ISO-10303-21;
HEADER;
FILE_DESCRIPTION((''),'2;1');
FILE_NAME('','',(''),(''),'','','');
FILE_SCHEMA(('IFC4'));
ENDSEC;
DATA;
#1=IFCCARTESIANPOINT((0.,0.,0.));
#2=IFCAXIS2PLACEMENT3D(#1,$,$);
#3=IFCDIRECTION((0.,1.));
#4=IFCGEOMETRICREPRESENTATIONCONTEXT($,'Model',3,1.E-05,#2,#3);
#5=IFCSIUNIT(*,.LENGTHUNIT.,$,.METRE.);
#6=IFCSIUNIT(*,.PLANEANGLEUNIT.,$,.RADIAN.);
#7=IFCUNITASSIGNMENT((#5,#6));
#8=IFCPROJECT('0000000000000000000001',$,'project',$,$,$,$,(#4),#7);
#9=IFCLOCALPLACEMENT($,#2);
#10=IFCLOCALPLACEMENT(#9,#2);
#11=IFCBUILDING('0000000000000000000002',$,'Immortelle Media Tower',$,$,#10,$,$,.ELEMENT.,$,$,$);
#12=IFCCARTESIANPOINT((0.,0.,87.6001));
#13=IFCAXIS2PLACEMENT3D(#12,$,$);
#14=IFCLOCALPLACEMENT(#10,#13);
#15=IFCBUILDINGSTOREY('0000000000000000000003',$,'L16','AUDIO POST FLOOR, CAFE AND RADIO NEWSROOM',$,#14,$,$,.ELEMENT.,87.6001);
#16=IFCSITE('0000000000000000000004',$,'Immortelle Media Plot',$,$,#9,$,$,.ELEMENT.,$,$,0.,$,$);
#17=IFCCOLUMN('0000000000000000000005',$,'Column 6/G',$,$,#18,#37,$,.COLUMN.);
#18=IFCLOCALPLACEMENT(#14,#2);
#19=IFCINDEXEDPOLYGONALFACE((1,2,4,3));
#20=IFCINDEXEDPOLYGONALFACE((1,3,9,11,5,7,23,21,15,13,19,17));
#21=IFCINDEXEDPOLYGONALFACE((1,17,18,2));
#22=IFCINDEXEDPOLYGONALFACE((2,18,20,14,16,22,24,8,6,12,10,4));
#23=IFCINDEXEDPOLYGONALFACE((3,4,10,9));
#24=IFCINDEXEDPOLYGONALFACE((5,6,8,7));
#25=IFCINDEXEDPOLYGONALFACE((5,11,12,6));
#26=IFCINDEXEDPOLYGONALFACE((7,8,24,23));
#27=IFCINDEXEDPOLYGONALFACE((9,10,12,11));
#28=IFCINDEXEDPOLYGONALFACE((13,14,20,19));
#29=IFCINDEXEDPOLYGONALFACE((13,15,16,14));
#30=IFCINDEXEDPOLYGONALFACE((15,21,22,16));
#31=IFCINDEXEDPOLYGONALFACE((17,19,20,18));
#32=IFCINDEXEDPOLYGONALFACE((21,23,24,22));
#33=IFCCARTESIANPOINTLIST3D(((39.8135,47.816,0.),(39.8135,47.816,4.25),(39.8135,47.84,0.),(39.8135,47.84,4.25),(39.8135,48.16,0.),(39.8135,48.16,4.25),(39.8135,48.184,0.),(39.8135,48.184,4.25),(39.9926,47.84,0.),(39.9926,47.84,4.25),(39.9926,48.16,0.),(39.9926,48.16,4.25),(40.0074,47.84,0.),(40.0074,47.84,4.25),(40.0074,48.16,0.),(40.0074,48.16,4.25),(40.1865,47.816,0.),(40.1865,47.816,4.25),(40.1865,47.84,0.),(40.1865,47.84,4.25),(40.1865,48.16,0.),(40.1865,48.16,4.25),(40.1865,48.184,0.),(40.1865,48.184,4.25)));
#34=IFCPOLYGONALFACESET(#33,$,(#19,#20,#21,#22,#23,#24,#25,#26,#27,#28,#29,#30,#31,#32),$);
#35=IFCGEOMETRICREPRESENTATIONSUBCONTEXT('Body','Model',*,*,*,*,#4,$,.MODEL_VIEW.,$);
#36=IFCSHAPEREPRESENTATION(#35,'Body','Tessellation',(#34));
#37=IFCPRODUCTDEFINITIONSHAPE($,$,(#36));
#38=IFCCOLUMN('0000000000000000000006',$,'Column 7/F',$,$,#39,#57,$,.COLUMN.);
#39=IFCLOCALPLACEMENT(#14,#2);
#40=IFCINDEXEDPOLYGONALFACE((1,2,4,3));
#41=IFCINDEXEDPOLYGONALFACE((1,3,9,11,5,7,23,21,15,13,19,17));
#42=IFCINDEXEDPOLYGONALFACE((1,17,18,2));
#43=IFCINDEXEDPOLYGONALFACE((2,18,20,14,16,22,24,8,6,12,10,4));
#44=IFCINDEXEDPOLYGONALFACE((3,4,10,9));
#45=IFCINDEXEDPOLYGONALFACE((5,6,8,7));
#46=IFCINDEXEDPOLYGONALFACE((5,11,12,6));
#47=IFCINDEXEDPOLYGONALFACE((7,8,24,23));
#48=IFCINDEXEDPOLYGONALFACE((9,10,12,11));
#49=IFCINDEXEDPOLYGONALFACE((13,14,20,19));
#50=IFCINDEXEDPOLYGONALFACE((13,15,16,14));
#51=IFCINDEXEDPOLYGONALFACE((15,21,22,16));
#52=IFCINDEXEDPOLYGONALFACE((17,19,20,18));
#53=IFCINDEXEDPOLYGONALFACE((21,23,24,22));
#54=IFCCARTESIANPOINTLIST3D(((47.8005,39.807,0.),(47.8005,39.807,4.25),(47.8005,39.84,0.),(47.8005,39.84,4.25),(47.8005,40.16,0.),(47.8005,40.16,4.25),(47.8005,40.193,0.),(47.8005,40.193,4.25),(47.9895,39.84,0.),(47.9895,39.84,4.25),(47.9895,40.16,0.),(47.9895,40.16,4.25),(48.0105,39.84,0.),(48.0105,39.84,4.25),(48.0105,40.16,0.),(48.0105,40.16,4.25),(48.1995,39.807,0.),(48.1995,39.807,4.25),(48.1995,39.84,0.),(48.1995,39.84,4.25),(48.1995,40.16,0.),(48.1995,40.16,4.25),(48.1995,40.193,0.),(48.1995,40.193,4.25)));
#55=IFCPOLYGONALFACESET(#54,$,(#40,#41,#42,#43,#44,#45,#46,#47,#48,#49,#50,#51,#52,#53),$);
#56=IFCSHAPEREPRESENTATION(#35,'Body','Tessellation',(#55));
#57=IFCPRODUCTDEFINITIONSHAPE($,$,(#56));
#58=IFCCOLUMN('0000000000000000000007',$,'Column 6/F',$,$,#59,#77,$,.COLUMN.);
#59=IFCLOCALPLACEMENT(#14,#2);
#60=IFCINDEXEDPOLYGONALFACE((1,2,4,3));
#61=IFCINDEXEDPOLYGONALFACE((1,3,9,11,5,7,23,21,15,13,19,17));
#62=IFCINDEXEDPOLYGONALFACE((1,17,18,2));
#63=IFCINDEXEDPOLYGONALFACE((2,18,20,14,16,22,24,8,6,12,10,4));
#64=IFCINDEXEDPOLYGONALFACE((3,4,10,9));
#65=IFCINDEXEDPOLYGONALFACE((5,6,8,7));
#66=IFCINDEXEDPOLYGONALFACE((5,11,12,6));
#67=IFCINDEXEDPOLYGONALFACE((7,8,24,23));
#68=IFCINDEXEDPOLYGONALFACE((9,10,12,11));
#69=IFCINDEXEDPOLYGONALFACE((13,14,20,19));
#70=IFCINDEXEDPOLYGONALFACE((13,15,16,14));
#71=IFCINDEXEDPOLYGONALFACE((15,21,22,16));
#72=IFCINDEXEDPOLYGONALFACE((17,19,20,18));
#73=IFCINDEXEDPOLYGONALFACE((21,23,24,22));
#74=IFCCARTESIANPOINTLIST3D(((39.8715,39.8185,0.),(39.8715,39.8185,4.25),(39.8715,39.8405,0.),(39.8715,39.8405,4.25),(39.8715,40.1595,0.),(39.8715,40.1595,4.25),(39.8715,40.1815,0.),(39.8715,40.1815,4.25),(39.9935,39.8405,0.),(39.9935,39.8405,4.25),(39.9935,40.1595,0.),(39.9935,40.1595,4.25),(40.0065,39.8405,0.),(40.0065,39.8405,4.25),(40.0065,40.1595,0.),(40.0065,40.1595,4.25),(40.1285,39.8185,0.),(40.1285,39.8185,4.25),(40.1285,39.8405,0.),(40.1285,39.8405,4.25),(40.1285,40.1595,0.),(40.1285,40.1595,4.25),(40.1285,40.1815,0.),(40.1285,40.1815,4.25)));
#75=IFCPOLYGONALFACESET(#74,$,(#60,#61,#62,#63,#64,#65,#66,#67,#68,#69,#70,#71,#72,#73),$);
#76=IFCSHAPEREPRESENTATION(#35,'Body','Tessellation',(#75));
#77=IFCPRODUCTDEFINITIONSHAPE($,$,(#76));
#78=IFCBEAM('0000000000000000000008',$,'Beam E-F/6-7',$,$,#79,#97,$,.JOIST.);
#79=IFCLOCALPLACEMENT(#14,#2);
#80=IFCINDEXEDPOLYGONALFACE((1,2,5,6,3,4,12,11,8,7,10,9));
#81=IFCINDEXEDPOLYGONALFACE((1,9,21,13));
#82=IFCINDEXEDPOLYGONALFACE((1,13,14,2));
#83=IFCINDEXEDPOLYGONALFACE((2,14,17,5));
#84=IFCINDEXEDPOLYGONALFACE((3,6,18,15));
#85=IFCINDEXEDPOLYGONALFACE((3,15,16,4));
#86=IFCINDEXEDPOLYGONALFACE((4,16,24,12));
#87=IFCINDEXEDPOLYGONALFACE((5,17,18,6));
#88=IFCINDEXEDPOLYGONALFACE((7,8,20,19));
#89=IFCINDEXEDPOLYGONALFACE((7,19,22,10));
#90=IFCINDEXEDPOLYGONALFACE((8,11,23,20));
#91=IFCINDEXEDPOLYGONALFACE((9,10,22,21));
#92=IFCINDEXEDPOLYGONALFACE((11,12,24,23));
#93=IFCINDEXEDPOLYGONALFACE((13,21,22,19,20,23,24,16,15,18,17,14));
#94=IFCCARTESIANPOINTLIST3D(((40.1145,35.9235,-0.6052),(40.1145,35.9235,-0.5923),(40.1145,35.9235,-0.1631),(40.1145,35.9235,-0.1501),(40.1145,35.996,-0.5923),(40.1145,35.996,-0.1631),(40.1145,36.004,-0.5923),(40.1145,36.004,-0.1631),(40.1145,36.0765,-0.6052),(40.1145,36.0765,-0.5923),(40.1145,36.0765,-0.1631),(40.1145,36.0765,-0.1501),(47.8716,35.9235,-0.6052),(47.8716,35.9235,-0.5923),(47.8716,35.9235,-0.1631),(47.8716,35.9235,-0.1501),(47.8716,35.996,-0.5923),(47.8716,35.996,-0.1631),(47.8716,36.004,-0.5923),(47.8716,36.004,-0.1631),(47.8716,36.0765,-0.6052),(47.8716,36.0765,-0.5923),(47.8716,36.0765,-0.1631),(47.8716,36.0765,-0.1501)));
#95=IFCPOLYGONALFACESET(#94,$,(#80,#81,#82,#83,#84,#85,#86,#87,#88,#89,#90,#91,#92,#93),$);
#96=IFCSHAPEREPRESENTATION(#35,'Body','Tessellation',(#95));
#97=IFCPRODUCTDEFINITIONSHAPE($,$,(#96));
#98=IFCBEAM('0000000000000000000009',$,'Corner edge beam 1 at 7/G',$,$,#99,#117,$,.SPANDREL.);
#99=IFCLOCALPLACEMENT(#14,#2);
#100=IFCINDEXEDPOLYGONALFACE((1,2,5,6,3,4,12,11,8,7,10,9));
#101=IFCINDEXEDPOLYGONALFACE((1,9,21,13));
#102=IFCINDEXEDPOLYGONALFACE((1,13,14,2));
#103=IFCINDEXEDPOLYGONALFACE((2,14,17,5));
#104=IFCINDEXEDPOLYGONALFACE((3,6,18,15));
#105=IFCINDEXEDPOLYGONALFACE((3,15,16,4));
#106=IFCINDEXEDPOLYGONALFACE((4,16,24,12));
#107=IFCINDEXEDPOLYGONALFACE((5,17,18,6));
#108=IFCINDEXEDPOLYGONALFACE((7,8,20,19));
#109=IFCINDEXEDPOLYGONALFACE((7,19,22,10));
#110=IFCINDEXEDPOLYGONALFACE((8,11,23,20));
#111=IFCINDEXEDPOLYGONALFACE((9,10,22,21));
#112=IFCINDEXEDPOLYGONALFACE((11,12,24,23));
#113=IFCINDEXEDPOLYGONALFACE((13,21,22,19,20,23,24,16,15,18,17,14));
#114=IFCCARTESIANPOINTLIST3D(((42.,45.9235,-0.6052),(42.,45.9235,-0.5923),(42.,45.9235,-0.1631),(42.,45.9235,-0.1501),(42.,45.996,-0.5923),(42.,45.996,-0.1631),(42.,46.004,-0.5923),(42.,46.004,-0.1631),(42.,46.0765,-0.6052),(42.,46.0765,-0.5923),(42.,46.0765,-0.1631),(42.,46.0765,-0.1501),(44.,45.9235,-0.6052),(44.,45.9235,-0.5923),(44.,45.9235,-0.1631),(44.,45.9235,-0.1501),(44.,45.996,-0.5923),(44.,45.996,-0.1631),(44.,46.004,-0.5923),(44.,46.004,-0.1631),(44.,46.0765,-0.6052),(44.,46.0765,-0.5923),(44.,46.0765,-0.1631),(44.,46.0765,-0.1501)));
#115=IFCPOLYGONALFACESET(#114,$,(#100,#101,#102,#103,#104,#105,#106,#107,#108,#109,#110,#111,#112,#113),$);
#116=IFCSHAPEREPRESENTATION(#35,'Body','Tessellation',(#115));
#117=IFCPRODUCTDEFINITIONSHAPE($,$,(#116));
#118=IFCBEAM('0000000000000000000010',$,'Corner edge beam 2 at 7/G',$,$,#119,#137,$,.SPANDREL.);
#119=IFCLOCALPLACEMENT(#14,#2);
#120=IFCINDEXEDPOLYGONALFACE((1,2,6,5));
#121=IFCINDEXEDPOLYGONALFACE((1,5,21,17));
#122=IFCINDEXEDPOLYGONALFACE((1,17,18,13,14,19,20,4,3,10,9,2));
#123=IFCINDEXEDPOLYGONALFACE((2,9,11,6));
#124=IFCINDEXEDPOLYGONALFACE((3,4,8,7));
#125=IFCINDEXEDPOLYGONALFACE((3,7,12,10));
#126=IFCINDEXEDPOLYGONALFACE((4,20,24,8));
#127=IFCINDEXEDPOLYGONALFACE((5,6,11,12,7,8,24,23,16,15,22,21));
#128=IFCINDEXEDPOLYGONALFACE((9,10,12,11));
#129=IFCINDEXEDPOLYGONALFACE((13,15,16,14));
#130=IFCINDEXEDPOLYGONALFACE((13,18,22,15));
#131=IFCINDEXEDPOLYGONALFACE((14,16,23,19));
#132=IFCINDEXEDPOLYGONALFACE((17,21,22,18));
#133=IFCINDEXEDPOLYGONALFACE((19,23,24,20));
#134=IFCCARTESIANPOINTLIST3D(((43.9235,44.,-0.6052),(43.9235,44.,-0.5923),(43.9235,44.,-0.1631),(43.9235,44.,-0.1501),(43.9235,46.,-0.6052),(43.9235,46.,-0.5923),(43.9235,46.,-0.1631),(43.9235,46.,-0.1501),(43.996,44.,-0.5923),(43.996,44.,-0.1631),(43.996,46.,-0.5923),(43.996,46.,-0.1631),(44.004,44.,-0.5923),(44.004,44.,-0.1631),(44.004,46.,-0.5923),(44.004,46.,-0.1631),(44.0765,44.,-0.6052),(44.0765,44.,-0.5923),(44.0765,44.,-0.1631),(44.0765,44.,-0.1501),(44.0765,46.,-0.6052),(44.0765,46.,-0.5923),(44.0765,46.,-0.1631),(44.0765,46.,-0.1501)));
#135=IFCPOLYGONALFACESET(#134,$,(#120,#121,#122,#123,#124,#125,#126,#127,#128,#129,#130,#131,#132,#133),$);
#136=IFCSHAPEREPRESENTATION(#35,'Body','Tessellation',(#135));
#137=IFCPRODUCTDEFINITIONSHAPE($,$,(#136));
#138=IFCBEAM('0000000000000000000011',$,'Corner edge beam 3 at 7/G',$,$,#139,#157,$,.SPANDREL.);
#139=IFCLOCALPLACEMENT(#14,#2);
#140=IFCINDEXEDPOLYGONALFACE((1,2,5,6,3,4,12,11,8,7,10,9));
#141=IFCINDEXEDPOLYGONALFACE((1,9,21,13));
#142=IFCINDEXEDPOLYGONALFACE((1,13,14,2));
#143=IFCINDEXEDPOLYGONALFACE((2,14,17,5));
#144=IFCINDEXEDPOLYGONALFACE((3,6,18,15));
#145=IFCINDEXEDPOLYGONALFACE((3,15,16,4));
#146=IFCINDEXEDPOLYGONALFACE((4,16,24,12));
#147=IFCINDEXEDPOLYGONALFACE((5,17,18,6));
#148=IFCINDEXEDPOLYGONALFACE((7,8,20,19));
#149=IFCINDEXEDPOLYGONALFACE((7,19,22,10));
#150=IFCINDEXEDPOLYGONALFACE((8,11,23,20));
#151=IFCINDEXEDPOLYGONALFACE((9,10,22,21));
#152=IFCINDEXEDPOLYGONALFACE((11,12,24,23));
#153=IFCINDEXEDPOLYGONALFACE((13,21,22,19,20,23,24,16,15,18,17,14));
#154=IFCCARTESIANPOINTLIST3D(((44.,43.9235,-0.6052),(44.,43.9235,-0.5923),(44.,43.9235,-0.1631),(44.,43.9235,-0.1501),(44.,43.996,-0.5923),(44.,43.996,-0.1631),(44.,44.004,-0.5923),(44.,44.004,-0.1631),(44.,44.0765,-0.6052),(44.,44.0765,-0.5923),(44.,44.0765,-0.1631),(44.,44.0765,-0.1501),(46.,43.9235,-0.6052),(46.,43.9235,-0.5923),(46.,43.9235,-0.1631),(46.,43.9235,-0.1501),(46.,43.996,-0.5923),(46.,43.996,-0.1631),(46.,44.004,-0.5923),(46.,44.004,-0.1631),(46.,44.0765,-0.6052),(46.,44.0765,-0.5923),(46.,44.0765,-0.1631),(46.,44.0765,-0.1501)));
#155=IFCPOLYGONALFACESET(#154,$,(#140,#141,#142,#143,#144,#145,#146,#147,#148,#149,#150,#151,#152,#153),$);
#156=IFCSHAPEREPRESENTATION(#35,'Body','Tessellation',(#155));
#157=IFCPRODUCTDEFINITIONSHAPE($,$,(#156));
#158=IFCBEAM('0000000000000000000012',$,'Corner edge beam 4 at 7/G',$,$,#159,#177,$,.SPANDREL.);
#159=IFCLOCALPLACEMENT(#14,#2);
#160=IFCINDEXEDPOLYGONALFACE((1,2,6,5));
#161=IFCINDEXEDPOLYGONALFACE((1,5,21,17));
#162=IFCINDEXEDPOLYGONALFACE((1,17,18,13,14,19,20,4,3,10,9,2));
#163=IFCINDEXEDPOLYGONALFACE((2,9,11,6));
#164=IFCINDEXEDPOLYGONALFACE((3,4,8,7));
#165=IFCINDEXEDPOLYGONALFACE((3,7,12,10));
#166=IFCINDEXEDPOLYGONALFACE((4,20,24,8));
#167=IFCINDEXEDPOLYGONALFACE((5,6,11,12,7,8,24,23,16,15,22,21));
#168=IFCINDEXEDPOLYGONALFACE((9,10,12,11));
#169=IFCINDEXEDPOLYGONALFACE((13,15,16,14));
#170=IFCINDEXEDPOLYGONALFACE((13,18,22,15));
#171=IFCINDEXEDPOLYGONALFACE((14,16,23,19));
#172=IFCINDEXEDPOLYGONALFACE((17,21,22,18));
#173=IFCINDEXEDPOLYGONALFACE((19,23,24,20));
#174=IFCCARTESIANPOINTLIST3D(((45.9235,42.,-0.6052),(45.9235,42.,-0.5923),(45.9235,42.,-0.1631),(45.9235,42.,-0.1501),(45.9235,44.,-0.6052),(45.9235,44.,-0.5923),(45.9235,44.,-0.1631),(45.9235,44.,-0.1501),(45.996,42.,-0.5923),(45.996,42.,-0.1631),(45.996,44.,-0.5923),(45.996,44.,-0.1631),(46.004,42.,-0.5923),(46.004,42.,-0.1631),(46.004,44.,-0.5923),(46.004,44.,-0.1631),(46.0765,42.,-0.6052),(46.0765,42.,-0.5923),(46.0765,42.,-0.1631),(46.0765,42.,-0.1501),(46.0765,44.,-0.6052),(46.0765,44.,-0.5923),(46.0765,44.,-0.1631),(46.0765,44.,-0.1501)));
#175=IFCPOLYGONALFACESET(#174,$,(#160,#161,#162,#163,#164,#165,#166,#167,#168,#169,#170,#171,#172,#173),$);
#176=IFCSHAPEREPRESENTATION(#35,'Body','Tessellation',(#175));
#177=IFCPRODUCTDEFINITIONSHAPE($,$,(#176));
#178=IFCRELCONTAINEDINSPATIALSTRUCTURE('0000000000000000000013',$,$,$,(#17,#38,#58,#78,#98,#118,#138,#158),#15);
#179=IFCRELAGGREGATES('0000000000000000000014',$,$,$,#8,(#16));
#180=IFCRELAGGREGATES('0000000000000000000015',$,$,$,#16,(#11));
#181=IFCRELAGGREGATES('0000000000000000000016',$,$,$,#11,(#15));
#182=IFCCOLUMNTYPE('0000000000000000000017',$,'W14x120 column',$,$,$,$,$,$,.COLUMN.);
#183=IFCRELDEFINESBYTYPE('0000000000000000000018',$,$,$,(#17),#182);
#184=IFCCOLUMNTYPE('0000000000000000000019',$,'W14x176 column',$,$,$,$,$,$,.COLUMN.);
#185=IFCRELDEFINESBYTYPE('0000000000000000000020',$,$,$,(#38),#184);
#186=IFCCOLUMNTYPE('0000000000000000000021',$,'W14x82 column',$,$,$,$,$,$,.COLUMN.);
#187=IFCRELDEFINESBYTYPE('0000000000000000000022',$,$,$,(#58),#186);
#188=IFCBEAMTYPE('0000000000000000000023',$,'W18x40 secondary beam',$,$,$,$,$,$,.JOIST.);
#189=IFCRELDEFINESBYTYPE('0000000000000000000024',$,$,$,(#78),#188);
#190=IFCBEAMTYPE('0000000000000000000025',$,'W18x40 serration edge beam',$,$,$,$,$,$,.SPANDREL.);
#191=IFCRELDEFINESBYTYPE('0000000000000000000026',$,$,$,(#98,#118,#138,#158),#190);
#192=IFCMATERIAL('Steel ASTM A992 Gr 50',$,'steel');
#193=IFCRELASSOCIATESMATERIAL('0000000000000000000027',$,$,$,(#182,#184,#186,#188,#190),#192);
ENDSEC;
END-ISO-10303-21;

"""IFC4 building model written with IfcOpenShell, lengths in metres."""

from ifc_helpers import new_model, si_unit, direction, frame, origin, origin_2d, place, context, subcontext, project, spatial, i_section, extrude, material, material_profile, profile_set, type_object, element, save


model = new_model("IFC4")

# Units and contexts
model_context = context("Model", 3, precision=1e-05, world=origin(), true_north=direction((0.0, 1.0)))
body_context = subcontext(model_context, "Body", "Model", "MODEL_VIEW")
ifc_project = project(units=[si_unit("LENGTHUNIT", "METRE"), si_unit("PLANEANGLEUNIT", "RADIAN")], contexts=[model_context])

# Site, building, storey
site_placement = place(None, origin())
site = spatial("IfcSite", under=ifc_project, at=site_placement, Name="Immortelle Media Plot", CompositionType="ELEMENT", RefElevation=0.0)
building_placement = place(site_placement, origin())
building = spatial("IfcBuilding", under=site, at=building_placement, Name="Immortelle Media Tower", CompositionType="ELEMENT")
storey_placement = place(building_placement, frame((0.0, 0.0, 87.6001)))
storey = spatial("IfcBuildingStorey", under=building, at=storey_placement, Name="L16", Description="AUDIO POST FLOOR, CAFE AND RADIO NEWSROOM", CompositionType="ELEMENT", Elevation=87.6001)

# Columns
ifc_material_1 = material(Name="Steel ASTM A992 Gr 50", Category="steel")
ifc_material_profile_1 = material_profile(ifc_material_1, i_section(OverallWidth=0.373, OverallDepth=0.3679, WebThickness=0.0149, FlangeThickness=0.0239, at=origin_2d()), Name="W14x120")
ifc_profile_set_1 = profile_set([ifc_material_profile_1], Name="Steel ASTM A992 Gr 50")
column_type_1 = type_object("IfcColumnType", Name="W14x120 column", PredefinedType="COLUMN", material=ifc_profile_set_1)
column_1_placement = place(storey_placement, frame((40.0, 48.0, 0.0), z_axis=(0.0, 0.0, 1.0), x_axis=(1.0, 0.0, 0.0)))
element("IfcColumn", 1, at=column_1_placement, inside=storey, type_object=column_type_1, Name="Column 6/G", PredefinedType="COLUMN", context=body_context, shape_type="SweptSolid", body=[
    extrude(i_section(OverallWidth=0.373, OverallDepth=0.3679, WebThickness=0.0149, FlangeThickness=0.0239, at=origin_2d()), origin(), (0.0, 0.0, 1.0), 4.25),
])
ifc_material_profile_2 = material_profile(ifc_material_1, i_section(OverallWidth=0.3989, OverallDepth=0.386, WebThickness=0.021, FlangeThickness=0.033, at=origin_2d()), Name="W14x176")
ifc_profile_set_2 = profile_set([ifc_material_profile_2], Name="Steel ASTM A992 Gr 50")
column_type_2 = type_object("IfcColumnType", Name="W14x176 column", PredefinedType="COLUMN", material=ifc_profile_set_2)
column_2_placement = place(storey_placement, frame((48.0, 40.0, 0.0), z_axis=(0.0, 0.0, 1.0), x_axis=(1.0, 0.0, 0.0)))
element("IfcColumn", 2, at=column_2_placement, inside=storey, type_object=column_type_2, Name="Column 7/F", PredefinedType="COLUMN", context=body_context, shape_type="SweptSolid", body=[
    extrude(i_section(OverallWidth=0.3989, OverallDepth=0.386, WebThickness=0.021, FlangeThickness=0.033, at=origin_2d()), origin(), (0.0, 0.0, 1.0), 4.25),
])
ifc_material_profile_3 = material_profile(ifc_material_1, i_section(OverallWidth=0.2571, OverallDepth=0.363, WebThickness=0.0129, FlangeThickness=0.022, at=origin_2d()), Name="W14x82")
ifc_profile_set_3 = profile_set([ifc_material_profile_3], Name="Steel ASTM A992 Gr 50")
column_type_3 = type_object("IfcColumnType", Name="W14x82 column", PredefinedType="COLUMN", material=ifc_profile_set_3)
column_3_placement = place(storey_placement, frame((40.0, 40.0, 0.0), z_axis=(0.0, 0.0, 1.0), x_axis=(1.0, 0.0, 0.0)))
element("IfcColumn", 3, at=column_3_placement, inside=storey, type_object=column_type_3, Name="Column 6/F", PredefinedType="COLUMN", context=body_context, shape_type="SweptSolid", body=[
    extrude(i_section(OverallWidth=0.2571, OverallDepth=0.363, WebThickness=0.0129, FlangeThickness=0.022, at=origin_2d()), origin(), (0.0, 0.0, 1.0), 4.25),
])

# Beams
ifc_material_profile_4 = material_profile(ifc_material_1, i_section(OverallWidth=0.1531, OverallDepth=0.4551, WebThickness=0.0081, FlangeThickness=0.0129, at=origin_2d()), Name="W18x40")
ifc_profile_set_4 = profile_set([ifc_material_profile_4], Name="Steel ASTM A992 Gr 50")
beam_type_1 = type_object("IfcBeamType", Name="W18x40 secondary beam", PredefinedType="JOIST", material=ifc_profile_set_4)
beam_1_placement = place(storey_placement, frame((40.1145, 36.0, -0.3777), z_axis=(1.0, 0.0, 0.0), x_axis=(0.0, 1.0, 0.0)))
element("IfcBeam", 4, at=beam_1_placement, inside=storey, type_object=beam_type_1, Name="Beam E-F/6-7", PredefinedType="JOIST", context=body_context, shape_type="SweptSolid", body=[
    extrude(i_section(OverallWidth=0.1531, OverallDepth=0.4551, WebThickness=0.0081, FlangeThickness=0.0129, at=origin_2d()), origin(), (0.0, 0.0, 1.0), 7.7571),
])
ifc_material_profile_5 = material_profile(ifc_material_1, i_section(OverallWidth=0.1531, OverallDepth=0.4551, WebThickness=0.0081, FlangeThickness=0.0129, at=origin_2d()), Name="W18x40")
ifc_profile_set_5 = profile_set([ifc_material_profile_5], Name="Steel ASTM A992 Gr 50")
beam_type_2 = type_object("IfcBeamType", Name="W18x40 serration edge beam", PredefinedType="SPANDREL", material=ifc_profile_set_5)
for number, where, z_axis, x_axis, name in (
    (5, (42.0, 46.0, -0.3777), (1.0, 0.0, 0.0), (0.0, 1.0, 0.0), "Corner edge beam 1 at 7/G"),
    (6, (44.0, 46.0, -0.3777), (0.0, -1.0, 0.0), (1.0, 0.0, 0.0), "Corner edge beam 2 at 7/G"),
    (7, (44.0, 44.0, -0.3777), (1.0, 0.0, 0.0), (0.0, 1.0, 0.0), "Corner edge beam 3 at 7/G"),
    (8, (46.0, 44.0, -0.3777), (0.0, -1.0, 0.0), (1.0, 0.0, 0.0), "Corner edge beam 4 at 7/G"),
):
    element("IfcBeam", number, at=place(storey_placement, frame(where, z_axis=z_axis, x_axis=x_axis)), inside=storey, type_object=beam_type_2, Name=name, PredefinedType="SPANDREL", context=body_context, shape_type="SweptSolid", body=[
        extrude(i_section(OverallWidth=0.1531, OverallDepth=0.4551, WebThickness=0.0081, FlangeThickness=0.0129, at=origin_2d()), origin(), (0.0, 0.0, 1.0), 2.0),
    ])

save(model, "model.ifc")
